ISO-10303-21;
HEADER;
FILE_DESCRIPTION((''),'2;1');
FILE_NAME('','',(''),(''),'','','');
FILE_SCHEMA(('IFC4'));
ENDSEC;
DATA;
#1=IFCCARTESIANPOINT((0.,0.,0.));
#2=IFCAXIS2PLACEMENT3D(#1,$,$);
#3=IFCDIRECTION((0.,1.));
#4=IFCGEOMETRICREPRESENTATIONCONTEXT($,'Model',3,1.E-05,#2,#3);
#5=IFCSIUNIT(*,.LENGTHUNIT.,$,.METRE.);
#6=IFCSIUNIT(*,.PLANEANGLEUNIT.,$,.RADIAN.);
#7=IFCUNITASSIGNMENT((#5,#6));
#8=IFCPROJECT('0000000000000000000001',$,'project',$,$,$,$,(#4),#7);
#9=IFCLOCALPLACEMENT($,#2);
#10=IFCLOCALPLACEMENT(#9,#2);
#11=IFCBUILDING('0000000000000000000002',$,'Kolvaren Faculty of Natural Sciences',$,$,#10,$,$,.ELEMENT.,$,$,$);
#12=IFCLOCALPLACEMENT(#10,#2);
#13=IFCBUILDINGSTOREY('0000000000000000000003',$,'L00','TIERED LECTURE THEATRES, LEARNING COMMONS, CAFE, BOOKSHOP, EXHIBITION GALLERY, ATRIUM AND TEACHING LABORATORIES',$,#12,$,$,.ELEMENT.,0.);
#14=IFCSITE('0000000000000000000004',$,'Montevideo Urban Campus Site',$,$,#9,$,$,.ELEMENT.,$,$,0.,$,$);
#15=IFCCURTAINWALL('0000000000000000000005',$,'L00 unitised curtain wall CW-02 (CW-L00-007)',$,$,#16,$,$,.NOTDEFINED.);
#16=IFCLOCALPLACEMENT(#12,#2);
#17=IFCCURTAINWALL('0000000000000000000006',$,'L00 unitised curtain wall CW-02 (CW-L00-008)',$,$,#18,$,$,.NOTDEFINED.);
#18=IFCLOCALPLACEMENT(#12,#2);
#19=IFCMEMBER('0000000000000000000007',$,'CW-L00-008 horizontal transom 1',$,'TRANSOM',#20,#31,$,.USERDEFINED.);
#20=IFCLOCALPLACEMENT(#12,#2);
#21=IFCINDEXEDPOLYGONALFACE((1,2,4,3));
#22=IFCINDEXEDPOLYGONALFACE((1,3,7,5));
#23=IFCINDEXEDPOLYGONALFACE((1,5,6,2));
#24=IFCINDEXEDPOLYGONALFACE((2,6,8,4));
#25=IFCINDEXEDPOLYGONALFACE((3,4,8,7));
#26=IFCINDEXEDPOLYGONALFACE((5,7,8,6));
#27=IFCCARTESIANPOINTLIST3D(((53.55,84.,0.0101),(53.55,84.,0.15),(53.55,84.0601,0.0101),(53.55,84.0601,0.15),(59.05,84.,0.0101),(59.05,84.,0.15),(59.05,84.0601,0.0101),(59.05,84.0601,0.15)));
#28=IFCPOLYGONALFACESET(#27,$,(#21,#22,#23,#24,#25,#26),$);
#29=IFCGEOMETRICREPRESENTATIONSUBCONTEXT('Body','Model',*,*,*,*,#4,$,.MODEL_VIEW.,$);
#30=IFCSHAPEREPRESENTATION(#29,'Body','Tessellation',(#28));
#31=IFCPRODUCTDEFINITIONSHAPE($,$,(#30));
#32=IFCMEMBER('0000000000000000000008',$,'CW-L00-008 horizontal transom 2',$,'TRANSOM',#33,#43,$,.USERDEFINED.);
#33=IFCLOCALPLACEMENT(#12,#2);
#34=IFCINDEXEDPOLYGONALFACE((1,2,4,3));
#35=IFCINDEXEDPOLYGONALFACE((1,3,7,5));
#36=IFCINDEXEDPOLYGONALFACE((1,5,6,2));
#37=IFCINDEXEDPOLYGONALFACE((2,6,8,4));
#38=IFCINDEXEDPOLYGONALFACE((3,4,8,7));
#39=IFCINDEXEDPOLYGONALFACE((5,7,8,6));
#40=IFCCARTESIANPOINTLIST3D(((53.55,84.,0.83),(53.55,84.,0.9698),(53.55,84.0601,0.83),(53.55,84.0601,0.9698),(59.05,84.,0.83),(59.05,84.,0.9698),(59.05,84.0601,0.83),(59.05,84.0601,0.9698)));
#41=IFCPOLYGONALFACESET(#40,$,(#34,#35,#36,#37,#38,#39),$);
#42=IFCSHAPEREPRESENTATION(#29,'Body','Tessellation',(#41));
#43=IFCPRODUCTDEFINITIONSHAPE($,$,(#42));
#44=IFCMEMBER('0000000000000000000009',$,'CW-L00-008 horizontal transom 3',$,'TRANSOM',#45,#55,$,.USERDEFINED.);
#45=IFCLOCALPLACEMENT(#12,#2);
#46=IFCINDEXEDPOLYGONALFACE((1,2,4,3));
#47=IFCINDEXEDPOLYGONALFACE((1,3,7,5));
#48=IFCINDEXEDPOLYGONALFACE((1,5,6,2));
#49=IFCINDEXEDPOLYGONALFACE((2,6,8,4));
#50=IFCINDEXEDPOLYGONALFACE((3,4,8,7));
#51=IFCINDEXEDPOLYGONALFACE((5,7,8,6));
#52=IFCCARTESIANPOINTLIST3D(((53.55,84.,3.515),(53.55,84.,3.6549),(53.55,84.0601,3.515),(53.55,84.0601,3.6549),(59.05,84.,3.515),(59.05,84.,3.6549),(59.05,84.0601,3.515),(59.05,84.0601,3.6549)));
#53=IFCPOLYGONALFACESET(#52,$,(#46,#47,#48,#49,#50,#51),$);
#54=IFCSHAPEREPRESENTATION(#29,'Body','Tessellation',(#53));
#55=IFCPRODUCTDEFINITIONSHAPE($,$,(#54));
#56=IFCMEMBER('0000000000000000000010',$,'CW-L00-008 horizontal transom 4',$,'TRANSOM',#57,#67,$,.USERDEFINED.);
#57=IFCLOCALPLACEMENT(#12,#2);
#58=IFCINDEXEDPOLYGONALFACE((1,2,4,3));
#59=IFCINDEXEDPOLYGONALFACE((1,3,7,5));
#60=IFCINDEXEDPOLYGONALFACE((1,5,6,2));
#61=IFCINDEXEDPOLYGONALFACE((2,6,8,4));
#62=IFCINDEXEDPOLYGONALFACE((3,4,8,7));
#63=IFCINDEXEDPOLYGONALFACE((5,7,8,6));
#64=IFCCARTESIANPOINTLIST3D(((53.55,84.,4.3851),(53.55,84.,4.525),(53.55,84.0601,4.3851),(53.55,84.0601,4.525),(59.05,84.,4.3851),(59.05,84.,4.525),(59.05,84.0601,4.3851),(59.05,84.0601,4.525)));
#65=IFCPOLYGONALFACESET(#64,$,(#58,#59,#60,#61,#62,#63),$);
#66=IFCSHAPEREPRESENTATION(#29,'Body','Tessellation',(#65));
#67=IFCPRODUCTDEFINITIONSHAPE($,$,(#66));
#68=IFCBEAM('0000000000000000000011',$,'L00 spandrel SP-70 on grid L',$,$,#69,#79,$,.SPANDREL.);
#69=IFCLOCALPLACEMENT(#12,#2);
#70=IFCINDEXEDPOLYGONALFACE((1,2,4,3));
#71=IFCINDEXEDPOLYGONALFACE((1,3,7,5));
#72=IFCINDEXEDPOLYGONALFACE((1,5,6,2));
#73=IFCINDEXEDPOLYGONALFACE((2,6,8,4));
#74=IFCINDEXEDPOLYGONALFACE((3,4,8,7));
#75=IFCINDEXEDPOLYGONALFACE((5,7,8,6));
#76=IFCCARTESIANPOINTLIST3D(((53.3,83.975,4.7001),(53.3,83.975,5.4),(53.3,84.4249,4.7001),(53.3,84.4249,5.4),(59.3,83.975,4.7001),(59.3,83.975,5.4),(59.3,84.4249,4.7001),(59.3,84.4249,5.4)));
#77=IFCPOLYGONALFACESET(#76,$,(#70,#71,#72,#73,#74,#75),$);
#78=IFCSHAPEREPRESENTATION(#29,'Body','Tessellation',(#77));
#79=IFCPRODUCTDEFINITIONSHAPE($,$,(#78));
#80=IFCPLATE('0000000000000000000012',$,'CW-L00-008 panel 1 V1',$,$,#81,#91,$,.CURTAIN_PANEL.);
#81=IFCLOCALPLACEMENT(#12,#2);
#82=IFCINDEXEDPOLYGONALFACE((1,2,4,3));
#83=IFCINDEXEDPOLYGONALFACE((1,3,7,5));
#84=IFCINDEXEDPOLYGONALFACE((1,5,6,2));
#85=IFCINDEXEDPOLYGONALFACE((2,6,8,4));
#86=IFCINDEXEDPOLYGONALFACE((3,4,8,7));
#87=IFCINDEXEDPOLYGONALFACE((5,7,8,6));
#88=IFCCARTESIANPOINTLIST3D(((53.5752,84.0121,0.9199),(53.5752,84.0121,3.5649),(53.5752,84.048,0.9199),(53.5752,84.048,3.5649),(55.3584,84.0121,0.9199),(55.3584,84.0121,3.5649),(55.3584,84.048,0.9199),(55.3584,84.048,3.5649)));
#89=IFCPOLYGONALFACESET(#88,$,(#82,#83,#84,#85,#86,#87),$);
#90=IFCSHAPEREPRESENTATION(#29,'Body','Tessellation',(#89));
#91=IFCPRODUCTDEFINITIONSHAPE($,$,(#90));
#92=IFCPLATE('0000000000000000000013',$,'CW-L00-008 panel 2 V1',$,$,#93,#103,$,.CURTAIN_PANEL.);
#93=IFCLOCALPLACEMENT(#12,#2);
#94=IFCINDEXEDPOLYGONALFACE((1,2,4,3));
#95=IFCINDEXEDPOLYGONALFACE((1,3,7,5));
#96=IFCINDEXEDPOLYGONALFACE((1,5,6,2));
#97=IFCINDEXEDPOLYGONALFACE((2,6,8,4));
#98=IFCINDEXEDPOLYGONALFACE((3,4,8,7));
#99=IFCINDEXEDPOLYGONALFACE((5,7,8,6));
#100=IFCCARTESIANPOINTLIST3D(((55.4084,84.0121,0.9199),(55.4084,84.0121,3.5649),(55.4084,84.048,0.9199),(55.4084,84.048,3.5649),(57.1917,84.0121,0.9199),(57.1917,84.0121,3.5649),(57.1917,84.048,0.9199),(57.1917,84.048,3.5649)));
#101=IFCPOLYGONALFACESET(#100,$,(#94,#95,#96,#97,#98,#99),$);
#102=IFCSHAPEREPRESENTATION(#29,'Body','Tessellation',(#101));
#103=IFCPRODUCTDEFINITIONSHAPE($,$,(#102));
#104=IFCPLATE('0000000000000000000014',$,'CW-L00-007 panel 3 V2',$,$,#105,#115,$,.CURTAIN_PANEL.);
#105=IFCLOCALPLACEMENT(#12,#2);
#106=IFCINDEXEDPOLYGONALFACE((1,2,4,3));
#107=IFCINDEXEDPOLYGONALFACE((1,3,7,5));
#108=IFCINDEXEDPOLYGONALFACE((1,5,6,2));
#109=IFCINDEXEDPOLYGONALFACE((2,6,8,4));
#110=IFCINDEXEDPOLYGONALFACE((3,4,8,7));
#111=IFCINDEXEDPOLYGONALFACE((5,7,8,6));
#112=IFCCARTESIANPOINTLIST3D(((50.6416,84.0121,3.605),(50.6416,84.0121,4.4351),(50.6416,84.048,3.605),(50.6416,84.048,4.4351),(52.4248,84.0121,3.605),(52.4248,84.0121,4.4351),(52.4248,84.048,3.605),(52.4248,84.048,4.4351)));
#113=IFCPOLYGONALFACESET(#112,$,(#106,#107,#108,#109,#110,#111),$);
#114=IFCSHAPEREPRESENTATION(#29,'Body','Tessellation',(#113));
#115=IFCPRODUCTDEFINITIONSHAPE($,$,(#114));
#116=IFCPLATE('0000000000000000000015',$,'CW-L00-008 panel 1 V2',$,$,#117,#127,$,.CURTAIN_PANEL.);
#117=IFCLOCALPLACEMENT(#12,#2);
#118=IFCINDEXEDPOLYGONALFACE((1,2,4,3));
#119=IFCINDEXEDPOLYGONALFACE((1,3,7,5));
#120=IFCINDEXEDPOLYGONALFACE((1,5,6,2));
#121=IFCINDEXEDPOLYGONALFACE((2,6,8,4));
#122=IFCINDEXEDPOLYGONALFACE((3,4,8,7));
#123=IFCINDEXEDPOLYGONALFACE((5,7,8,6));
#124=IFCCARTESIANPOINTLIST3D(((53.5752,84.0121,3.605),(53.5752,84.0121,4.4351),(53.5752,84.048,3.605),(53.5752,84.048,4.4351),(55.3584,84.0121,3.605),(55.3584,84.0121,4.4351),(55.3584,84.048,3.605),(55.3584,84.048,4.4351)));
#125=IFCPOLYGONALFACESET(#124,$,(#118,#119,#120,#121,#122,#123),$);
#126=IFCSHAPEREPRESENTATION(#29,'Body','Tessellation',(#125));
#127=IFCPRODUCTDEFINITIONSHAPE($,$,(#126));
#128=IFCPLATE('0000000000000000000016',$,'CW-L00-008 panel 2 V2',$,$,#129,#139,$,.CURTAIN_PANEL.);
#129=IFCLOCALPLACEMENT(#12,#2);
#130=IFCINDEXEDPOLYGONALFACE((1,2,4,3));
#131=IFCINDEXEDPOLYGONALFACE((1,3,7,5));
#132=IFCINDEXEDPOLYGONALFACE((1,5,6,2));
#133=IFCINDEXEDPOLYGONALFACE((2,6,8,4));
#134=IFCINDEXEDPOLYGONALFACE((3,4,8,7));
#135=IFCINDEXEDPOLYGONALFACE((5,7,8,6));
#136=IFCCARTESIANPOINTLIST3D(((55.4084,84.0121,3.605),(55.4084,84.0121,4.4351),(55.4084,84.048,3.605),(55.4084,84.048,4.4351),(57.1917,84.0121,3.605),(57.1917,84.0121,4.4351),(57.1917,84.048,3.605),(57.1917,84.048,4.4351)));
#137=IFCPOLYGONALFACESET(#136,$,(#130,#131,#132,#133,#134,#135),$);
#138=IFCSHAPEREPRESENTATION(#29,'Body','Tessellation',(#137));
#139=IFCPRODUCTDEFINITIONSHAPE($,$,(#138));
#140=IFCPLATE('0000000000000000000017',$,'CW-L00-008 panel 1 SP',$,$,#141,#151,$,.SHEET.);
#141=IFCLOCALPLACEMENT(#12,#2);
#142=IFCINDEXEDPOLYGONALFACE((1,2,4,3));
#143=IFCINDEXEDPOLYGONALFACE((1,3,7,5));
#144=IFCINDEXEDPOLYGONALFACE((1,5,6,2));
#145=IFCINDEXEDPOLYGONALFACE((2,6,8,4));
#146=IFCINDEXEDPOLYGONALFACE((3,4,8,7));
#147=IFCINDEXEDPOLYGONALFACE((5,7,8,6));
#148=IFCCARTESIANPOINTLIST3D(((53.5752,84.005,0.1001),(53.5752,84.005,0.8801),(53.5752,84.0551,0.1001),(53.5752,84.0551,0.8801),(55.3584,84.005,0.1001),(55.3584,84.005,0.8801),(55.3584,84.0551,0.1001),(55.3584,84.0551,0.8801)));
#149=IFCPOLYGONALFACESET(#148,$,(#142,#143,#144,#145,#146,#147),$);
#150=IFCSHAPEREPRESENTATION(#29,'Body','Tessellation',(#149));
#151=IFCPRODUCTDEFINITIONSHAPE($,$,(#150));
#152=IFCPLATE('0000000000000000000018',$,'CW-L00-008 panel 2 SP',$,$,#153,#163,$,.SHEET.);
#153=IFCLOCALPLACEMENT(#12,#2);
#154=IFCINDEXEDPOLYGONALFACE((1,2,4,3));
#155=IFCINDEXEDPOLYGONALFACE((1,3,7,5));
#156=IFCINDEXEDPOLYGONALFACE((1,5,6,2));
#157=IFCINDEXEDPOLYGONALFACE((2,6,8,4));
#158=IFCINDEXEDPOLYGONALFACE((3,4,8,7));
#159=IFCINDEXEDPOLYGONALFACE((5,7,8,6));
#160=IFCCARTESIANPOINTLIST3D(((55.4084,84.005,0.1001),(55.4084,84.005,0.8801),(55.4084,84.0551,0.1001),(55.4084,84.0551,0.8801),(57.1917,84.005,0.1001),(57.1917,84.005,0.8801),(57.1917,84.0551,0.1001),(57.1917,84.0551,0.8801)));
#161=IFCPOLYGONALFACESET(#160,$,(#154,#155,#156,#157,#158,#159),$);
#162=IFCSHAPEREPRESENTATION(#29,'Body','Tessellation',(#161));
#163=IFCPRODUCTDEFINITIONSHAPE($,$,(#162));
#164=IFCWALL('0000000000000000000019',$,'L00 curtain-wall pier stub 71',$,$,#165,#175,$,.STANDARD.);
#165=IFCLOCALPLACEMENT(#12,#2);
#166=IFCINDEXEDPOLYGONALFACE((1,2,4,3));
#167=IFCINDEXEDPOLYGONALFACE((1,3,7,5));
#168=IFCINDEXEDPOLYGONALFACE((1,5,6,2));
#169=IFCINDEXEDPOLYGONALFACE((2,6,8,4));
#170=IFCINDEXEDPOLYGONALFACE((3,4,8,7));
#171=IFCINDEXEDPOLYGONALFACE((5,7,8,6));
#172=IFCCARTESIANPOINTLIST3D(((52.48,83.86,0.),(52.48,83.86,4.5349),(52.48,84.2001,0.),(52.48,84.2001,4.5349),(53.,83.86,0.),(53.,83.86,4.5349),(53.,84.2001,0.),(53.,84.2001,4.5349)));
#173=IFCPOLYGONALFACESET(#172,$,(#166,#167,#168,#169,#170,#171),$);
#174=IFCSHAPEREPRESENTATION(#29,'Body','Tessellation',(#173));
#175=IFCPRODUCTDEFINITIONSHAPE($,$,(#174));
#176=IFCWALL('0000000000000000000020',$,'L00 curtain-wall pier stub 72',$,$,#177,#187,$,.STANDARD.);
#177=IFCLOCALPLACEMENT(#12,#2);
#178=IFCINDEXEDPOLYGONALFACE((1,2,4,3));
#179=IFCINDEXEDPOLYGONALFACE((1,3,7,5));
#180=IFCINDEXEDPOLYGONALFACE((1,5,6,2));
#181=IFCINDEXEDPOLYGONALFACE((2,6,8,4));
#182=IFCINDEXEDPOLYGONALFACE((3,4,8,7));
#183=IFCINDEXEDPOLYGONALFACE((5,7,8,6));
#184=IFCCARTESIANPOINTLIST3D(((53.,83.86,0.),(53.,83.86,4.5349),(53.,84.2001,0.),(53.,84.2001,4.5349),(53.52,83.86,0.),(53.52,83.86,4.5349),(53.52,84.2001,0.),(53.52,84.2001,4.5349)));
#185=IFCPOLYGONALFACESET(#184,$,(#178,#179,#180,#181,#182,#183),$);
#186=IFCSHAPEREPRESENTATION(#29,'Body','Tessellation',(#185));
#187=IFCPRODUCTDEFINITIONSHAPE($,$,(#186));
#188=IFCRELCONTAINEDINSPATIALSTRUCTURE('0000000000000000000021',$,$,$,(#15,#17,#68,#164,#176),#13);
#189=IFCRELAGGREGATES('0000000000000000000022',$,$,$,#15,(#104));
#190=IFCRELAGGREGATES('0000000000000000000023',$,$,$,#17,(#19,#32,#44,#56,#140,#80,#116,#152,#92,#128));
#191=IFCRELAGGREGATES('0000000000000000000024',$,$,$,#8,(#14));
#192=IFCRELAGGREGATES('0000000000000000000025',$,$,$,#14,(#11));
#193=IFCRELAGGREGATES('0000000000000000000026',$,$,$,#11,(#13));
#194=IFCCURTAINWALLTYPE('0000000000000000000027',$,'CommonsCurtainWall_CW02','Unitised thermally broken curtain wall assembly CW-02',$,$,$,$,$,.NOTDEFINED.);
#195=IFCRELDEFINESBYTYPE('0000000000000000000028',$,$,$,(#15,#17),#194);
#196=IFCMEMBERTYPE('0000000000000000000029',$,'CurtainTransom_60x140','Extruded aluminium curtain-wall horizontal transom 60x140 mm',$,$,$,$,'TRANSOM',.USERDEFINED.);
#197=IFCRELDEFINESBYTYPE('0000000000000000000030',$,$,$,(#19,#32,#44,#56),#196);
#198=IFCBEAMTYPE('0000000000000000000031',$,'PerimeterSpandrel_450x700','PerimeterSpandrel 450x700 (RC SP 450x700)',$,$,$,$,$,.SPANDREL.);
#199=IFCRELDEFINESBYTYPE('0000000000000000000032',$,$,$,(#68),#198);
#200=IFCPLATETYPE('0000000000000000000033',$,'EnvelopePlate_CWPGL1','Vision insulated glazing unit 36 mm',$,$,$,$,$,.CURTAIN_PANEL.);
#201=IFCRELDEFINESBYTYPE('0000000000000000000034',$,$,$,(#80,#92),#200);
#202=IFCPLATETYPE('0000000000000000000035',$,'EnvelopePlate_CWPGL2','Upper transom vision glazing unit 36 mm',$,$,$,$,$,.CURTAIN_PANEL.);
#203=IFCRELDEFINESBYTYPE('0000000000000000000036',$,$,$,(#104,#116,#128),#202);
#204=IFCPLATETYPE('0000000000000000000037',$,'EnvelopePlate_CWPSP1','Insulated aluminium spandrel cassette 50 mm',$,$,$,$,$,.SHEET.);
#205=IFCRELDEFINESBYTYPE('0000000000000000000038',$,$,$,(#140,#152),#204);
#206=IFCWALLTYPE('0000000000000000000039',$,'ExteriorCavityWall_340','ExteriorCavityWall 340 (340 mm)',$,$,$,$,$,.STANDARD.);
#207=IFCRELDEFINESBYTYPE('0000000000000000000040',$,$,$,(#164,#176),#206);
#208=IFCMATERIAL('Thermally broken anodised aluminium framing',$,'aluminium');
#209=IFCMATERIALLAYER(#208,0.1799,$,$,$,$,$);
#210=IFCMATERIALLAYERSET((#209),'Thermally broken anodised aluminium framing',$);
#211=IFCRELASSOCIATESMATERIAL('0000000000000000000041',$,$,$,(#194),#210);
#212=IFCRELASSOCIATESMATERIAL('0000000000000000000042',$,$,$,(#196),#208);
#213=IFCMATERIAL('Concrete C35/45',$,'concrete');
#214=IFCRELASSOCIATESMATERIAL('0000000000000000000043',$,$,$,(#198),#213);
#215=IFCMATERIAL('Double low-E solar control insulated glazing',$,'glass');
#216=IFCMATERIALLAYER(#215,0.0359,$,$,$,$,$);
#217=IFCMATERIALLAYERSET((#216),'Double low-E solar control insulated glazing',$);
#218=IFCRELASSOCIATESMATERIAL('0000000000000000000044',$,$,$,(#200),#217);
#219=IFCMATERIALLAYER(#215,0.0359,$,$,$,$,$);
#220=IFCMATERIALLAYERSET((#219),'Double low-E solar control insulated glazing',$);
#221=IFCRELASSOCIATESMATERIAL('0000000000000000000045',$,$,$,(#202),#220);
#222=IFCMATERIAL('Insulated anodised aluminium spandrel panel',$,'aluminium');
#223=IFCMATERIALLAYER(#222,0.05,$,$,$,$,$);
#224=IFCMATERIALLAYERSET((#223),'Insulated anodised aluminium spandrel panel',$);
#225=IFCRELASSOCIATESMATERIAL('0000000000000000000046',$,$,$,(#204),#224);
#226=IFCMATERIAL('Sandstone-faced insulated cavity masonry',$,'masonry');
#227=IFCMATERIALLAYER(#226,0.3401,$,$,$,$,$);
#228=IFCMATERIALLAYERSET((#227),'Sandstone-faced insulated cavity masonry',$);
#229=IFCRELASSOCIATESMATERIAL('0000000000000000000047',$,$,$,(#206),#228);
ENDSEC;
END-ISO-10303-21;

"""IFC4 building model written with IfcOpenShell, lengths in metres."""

from ifc_helpers import new_model, si_unit, direction, frame, frame_2d, origin, origin_2d, place, context, subcontext, project, spatial, rectangle, extrude, material, layer, layer_set, material_profile, profile_set, type_object, element, aggregate, save


model = new_model("IFC4")

# Units and contexts
model_context = context("Model", 3, precision=1e-05, world=origin(), true_north=direction((0.0, 1.0)))
body_context = subcontext(model_context, "Body", "Model", "MODEL_VIEW")
ifc_project = project(units=[si_unit("LENGTHUNIT", "METRE"), si_unit("PLANEANGLEUNIT", "RADIAN")], contexts=[model_context])

# Site, building, storey
site_placement = place(None, origin())
site = spatial("IfcSite", under=ifc_project, at=site_placement, Name="Montevideo Urban Campus Site", CompositionType="ELEMENT", RefElevation=0.0)
building_placement = place(site_placement, origin())
building = spatial("IfcBuilding", under=site, at=building_placement, Name="Kolvaren Faculty of Natural Sciences", CompositionType="ELEMENT")
storey_placement = place(building_placement, origin())
storey = spatial("IfcBuildingStorey", under=building, at=storey_placement, Name="L00", Description="TIERED LECTURE THEATRES, LEARNING COMMONS, CAFE, BOOKSHOP, EXHIBITION GALLERY, ATRIUM AND TEACHING LABORATORIES", CompositionType="ELEMENT", Elevation=0.0)

# Shared definitions
ifc_material_1 = material(Name="Concrete C35/45", Category="concrete")

# Curtain wall
ifc_material_2 = material(Name="Thermally broken anodised aluminium framing", Category="aluminium")
ifc_layer_1 = layer(ifc_material_2, 0.1799)
ifc_layer_set_1 = layer_set([ifc_layer_1], Name="Thermally broken anodised aluminium framing")
curtain_wall_type = type_object("IfcCurtainWallType", Name="CommonsCurtainWall_CW02", Description="Unitised thermally broken curtain wall assembly CW-02", PredefinedType="NOTDEFINED", material=ifc_layer_set_1)
curtain_wall_1_placement = place(storey_placement, origin())
curtain_wall_1 = element("IfcCurtainWall", 1, at=curtain_wall_1_placement, inside=storey, type_object=curtain_wall_type, Name="L00 unitised curtain wall CW-02 (CW-L00-007)", PredefinedType="NOTDEFINED")

# Curtain wall, members
curtain_wall_2_placement = place(storey_placement, origin())
curtain_wall_2 = element("IfcCurtainWall", 2, at=curtain_wall_2_placement, inside=storey, type_object=curtain_wall_type, Name="L00 unitised curtain wall CW-02 (CW-L00-008)", PredefinedType="NOTDEFINED")
ifc_material_profile_1 = material_profile(ifc_material_2, rectangle(XDim=0.0601, YDim=0.1399, at=origin_2d()), Name="ALU TRN 60x140")
ifc_profile_set_1 = profile_set([ifc_material_profile_1], Name="Thermally broken anodised aluminium framing")
member_type_1 = type_object("IfcMemberType", Name="CurtainTransom_60x140", Description="Extruded aluminium curtain-wall horizontal transom 60x140 mm", ElementType="TRANSOM", PredefinedType="USERDEFINED", material=ifc_profile_set_1)
member_1_placement = place(storey_placement, frame((53.55, 84.03, 0.0801), z_axis=(1.0, 0.0, 0.0), x_axis=(0.0, 1.0, 0.0)))
member_1 = element("IfcMember", 3, at=member_1_placement, type_object=member_type_1, Name="CW-L00-008 horizontal transom 1", ObjectType="TRANSOM", PredefinedType="USERDEFINED", context=body_context, shape_type="SweptSolid", body=[
    extrude(rectangle(XDim=0.0601, YDim=0.1399, at=origin_2d()), origin(), (0.0, 0.0, 1.0), 5.5),
])
member_2_placement = place(storey_placement, frame((53.55, 84.03, 0.8999), z_axis=(1.0, 0.0, 0.0), x_axis=(0.0, 1.0, 0.0)))
member_2 = element("IfcMember", 4, at=member_2_placement, type_object=member_type_1, Name="CW-L00-008 horizontal transom 2", ObjectType="TRANSOM", PredefinedType="USERDEFINED", context=body_context, shape_type="SweptSolid", body=[
    extrude(rectangle(XDim=0.0601, YDim=0.1399, at=origin_2d()), origin(), (0.0, 0.0, 1.0), 5.5),
])
member_3_placement = place(storey_placement, frame((53.55, 84.03, 3.585), z_axis=(1.0, 0.0, 0.0), x_axis=(0.0, 1.0, 0.0)))
member_3 = element("IfcMember", 5, at=member_3_placement, type_object=member_type_1, Name="CW-L00-008 horizontal transom 3", ObjectType="TRANSOM", PredefinedType="USERDEFINED", context=body_context, shape_type="SweptSolid", body=[
    extrude(rectangle(XDim=0.0601, YDim=0.1399, at=origin_2d()), origin(), (0.0, 0.0, 1.0), 5.5),
])
member_4_placement = place(storey_placement, frame((53.55, 84.03, 4.4551), z_axis=(1.0, 0.0, 0.0), x_axis=(0.0, 1.0, 0.0)))
member_4 = element("IfcMember", 6, at=member_4_placement, type_object=member_type_1, Name="CW-L00-008 horizontal transom 4", ObjectType="TRANSOM", PredefinedType="USERDEFINED", context=body_context, shape_type="SweptSolid", body=[
    extrude(rectangle(XDim=0.0601, YDim=0.1399, at=origin_2d()), origin(), (0.0, 0.0, 1.0), 5.5),
])

# Beam
ifc_material_profile_2 = material_profile(ifc_material_1, rectangle(XDim=0.45, YDim=0.7, at=origin_2d()), Name="RC SP 450x700")
ifc_profile_set_2 = profile_set([ifc_material_profile_2], Name="Concrete C35/45")
beam_type = type_object("IfcBeamType", Name="PerimeterSpandrel_450x700", Description="PerimeterSpandrel 450x700 (RC SP 450x700)", PredefinedType="SPANDREL", material=ifc_profile_set_2)
beam_placement = place(storey_placement, frame((53.3, 84.2, 5.05), z_axis=(1.0, 0.0, 0.0), x_axis=(0.0, 1.0, 0.0)))
element("IfcBeam", 7, at=beam_placement, inside=storey, type_object=beam_type, Name="L00 spandrel SP-70 on grid L", PredefinedType="SPANDREL", context=body_context, shape_type="SweptSolid", body=[
    extrude(rectangle(XDim=0.45, YDim=0.7, at=origin_2d()), origin(), (0.0, 0.0, 1.0), 6.0),
])

# Plates
ifc_material_3 = material(Name="Double low-E solar control insulated glazing", Category="glass")
ifc_layer_2 = layer(ifc_material_3, 0.0359)
ifc_layer_set_2 = layer_set([ifc_layer_2], Name="Double low-E solar control insulated glazing")
plate_type_1 = type_object("IfcPlateType", Name="EnvelopePlate_CWPGL1", Description="Vision insulated glazing unit 36 mm", PredefinedType="CURTAIN_PANEL", material=ifc_layer_set_2)
plate_1_placement = place(storey_placement, frame((54.4668, 84.03, 0.9199), z_axis=(0.0, 0.0, 1.0), x_axis=(1.0, 0.0, 0.0)))
plate_1 = element("IfcPlate", 8, at=plate_1_placement, type_object=plate_type_1, Name="CW-L00-008 panel 1 V1", PredefinedType="CURTAIN_PANEL", context=body_context, shape_type="SweptSolid", body=[
    extrude(rectangle(XDim=1.7832, YDim=0.0359, at=origin_2d()), origin(), (0.0, 0.0, 1.0), 2.645),
])
plate_2_placement = place(storey_placement, frame((56.3, 84.03, 0.9199), z_axis=(0.0, 0.0, 1.0), x_axis=(1.0, 0.0, 0.0)))
plate_2 = element("IfcPlate", 9, at=plate_2_placement, type_object=plate_type_1, Name="CW-L00-008 panel 2 V1", PredefinedType="CURTAIN_PANEL", context=body_context, shape_type="SweptSolid", body=[
    extrude(rectangle(XDim=1.7832, YDim=0.0359, at=origin_2d()), origin(), (0.0, 0.0, 1.0), 2.645),
])
ifc_layer_3 = layer(ifc_material_3, 0.0359)
ifc_layer_set_3 = layer_set([ifc_layer_3], Name="Double low-E solar control insulated glazing")
plate_type_2 = type_object("IfcPlateType", Name="EnvelopePlate_CWPGL2", Description="Upper transom vision glazing unit 36 mm", PredefinedType="CURTAIN_PANEL", material=ifc_layer_set_3)
plate_3_placement = place(storey_placement, frame((51.5332, 84.03, 3.605), z_axis=(0.0, 0.0, 1.0), x_axis=(1.0, 0.0, 0.0)))
plate_3 = element("IfcPlate", 10, at=plate_3_placement, type_object=plate_type_2, Name="CW-L00-007 panel 3 V2", PredefinedType="CURTAIN_PANEL", context=body_context, shape_type="SweptSolid", body=[
    extrude(rectangle(XDim=1.7832, YDim=0.0359, at=origin_2d()), origin(), (0.0, 0.0, 1.0), 0.8301),
])
aggregate(curtain_wall_1, [plate_3])
plate_4_placement = place(storey_placement, frame((54.4668, 84.03, 3.605), z_axis=(0.0, 0.0, 1.0), x_axis=(1.0, 0.0, 0.0)))
plate_4 = element("IfcPlate", 11, at=plate_4_placement, type_object=plate_type_2, Name="CW-L00-008 panel 1 V2", PredefinedType="CURTAIN_PANEL", context=body_context, shape_type="SweptSolid", body=[
    extrude(rectangle(XDim=1.7832, YDim=0.0359, at=origin_2d()), origin(), (0.0, 0.0, 1.0), 0.8301),
])
plate_5_placement = place(storey_placement, frame((56.3, 84.03, 3.605), z_axis=(0.0, 0.0, 1.0), x_axis=(1.0, 0.0, 0.0)))
plate_5 = element("IfcPlate", 12, at=plate_5_placement, type_object=plate_type_2, Name="CW-L00-008 panel 2 V2", PredefinedType="CURTAIN_PANEL", context=body_context, shape_type="SweptSolid", body=[
    extrude(rectangle(XDim=1.7832, YDim=0.0359, at=origin_2d()), origin(), (0.0, 0.0, 1.0), 0.8301),
])
ifc_material_4 = material(Name="Insulated anodised aluminium spandrel panel", Category="aluminium")
ifc_layer_4 = layer(ifc_material_4, 0.05)
ifc_layer_set_4 = layer_set([ifc_layer_4], Name="Insulated anodised aluminium spandrel panel")
plate_type_3 = type_object("IfcPlateType", Name="EnvelopePlate_CWPSP1", Description="Insulated aluminium spandrel cassette 50 mm", PredefinedType="SHEET", material=ifc_layer_set_4)
plate_6_placement = place(storey_placement, frame((54.4668, 84.03, 0.1001), z_axis=(0.0, 0.0, 1.0), x_axis=(1.0, 0.0, 0.0)))
plate_6 = element("IfcPlate", 13, at=plate_6_placement, type_object=plate_type_3, Name="CW-L00-008 panel 1 SP", PredefinedType="SHEET", context=body_context, shape_type="SweptSolid", body=[
    extrude(rectangle(XDim=1.7832, YDim=0.05, at=origin_2d()), origin(), (0.0, 0.0, 1.0), 0.78),
])
plate_7_placement = place(storey_placement, frame((56.3, 84.03, 0.1001), z_axis=(0.0, 0.0, 1.0), x_axis=(1.0, 0.0, 0.0)))
plate_7 = element("IfcPlate", 14, at=plate_7_placement, type_object=plate_type_3, Name="CW-L00-008 panel 2 SP", PredefinedType="SHEET", context=body_context, shape_type="SweptSolid", body=[
    extrude(rectangle(XDim=1.7832, YDim=0.05, at=origin_2d()), origin(), (0.0, 0.0, 1.0), 0.78),
])
aggregate(curtain_wall_2, [member_1, member_2, member_3, member_4, plate_6, plate_1, plate_4, plate_7, plate_2, plate_5])

# Walls
ifc_material_5 = material(Name="Sandstone-faced insulated cavity masonry", Category="masonry")
ifc_layer_5 = layer(ifc_material_5, 0.3401)
ifc_layer_set_5 = layer_set([ifc_layer_5], Name="Sandstone-faced insulated cavity masonry")
wall_type = type_object("IfcWallType", Name="ExteriorCavityWall_340", Description="ExteriorCavityWall 340 (340 mm)", PredefinedType="STANDARD", material=ifc_layer_set_5)
for number, where, z_axis, x_axis, name in (
    (15, (52.48, 84.03, 0.0), (0.0, 0.0, 1.0), (1.0, 0.0, 0.0), "L00 curtain-wall pier stub 71"),
    (16, (53.0, 84.03, 0.0), (0.0, 0.0, 1.0), (1.0, 0.0, 0.0), "L00 curtain-wall pier stub 72"),
):
    element("IfcWall", number, at=place(storey_placement, frame(where, z_axis=z_axis, x_axis=x_axis)), inside=storey, type_object=wall_type, Name=name, PredefinedType="STANDARD", context=body_context, shape_type="SweptSolid", body=[
        extrude(rectangle(XDim=0.52, YDim=0.3401, at=frame_2d((0.26, 0.0))), origin(), (0.0, 0.0, 1.0), 4.5349),
    ])

save(model, "model.ifc")
